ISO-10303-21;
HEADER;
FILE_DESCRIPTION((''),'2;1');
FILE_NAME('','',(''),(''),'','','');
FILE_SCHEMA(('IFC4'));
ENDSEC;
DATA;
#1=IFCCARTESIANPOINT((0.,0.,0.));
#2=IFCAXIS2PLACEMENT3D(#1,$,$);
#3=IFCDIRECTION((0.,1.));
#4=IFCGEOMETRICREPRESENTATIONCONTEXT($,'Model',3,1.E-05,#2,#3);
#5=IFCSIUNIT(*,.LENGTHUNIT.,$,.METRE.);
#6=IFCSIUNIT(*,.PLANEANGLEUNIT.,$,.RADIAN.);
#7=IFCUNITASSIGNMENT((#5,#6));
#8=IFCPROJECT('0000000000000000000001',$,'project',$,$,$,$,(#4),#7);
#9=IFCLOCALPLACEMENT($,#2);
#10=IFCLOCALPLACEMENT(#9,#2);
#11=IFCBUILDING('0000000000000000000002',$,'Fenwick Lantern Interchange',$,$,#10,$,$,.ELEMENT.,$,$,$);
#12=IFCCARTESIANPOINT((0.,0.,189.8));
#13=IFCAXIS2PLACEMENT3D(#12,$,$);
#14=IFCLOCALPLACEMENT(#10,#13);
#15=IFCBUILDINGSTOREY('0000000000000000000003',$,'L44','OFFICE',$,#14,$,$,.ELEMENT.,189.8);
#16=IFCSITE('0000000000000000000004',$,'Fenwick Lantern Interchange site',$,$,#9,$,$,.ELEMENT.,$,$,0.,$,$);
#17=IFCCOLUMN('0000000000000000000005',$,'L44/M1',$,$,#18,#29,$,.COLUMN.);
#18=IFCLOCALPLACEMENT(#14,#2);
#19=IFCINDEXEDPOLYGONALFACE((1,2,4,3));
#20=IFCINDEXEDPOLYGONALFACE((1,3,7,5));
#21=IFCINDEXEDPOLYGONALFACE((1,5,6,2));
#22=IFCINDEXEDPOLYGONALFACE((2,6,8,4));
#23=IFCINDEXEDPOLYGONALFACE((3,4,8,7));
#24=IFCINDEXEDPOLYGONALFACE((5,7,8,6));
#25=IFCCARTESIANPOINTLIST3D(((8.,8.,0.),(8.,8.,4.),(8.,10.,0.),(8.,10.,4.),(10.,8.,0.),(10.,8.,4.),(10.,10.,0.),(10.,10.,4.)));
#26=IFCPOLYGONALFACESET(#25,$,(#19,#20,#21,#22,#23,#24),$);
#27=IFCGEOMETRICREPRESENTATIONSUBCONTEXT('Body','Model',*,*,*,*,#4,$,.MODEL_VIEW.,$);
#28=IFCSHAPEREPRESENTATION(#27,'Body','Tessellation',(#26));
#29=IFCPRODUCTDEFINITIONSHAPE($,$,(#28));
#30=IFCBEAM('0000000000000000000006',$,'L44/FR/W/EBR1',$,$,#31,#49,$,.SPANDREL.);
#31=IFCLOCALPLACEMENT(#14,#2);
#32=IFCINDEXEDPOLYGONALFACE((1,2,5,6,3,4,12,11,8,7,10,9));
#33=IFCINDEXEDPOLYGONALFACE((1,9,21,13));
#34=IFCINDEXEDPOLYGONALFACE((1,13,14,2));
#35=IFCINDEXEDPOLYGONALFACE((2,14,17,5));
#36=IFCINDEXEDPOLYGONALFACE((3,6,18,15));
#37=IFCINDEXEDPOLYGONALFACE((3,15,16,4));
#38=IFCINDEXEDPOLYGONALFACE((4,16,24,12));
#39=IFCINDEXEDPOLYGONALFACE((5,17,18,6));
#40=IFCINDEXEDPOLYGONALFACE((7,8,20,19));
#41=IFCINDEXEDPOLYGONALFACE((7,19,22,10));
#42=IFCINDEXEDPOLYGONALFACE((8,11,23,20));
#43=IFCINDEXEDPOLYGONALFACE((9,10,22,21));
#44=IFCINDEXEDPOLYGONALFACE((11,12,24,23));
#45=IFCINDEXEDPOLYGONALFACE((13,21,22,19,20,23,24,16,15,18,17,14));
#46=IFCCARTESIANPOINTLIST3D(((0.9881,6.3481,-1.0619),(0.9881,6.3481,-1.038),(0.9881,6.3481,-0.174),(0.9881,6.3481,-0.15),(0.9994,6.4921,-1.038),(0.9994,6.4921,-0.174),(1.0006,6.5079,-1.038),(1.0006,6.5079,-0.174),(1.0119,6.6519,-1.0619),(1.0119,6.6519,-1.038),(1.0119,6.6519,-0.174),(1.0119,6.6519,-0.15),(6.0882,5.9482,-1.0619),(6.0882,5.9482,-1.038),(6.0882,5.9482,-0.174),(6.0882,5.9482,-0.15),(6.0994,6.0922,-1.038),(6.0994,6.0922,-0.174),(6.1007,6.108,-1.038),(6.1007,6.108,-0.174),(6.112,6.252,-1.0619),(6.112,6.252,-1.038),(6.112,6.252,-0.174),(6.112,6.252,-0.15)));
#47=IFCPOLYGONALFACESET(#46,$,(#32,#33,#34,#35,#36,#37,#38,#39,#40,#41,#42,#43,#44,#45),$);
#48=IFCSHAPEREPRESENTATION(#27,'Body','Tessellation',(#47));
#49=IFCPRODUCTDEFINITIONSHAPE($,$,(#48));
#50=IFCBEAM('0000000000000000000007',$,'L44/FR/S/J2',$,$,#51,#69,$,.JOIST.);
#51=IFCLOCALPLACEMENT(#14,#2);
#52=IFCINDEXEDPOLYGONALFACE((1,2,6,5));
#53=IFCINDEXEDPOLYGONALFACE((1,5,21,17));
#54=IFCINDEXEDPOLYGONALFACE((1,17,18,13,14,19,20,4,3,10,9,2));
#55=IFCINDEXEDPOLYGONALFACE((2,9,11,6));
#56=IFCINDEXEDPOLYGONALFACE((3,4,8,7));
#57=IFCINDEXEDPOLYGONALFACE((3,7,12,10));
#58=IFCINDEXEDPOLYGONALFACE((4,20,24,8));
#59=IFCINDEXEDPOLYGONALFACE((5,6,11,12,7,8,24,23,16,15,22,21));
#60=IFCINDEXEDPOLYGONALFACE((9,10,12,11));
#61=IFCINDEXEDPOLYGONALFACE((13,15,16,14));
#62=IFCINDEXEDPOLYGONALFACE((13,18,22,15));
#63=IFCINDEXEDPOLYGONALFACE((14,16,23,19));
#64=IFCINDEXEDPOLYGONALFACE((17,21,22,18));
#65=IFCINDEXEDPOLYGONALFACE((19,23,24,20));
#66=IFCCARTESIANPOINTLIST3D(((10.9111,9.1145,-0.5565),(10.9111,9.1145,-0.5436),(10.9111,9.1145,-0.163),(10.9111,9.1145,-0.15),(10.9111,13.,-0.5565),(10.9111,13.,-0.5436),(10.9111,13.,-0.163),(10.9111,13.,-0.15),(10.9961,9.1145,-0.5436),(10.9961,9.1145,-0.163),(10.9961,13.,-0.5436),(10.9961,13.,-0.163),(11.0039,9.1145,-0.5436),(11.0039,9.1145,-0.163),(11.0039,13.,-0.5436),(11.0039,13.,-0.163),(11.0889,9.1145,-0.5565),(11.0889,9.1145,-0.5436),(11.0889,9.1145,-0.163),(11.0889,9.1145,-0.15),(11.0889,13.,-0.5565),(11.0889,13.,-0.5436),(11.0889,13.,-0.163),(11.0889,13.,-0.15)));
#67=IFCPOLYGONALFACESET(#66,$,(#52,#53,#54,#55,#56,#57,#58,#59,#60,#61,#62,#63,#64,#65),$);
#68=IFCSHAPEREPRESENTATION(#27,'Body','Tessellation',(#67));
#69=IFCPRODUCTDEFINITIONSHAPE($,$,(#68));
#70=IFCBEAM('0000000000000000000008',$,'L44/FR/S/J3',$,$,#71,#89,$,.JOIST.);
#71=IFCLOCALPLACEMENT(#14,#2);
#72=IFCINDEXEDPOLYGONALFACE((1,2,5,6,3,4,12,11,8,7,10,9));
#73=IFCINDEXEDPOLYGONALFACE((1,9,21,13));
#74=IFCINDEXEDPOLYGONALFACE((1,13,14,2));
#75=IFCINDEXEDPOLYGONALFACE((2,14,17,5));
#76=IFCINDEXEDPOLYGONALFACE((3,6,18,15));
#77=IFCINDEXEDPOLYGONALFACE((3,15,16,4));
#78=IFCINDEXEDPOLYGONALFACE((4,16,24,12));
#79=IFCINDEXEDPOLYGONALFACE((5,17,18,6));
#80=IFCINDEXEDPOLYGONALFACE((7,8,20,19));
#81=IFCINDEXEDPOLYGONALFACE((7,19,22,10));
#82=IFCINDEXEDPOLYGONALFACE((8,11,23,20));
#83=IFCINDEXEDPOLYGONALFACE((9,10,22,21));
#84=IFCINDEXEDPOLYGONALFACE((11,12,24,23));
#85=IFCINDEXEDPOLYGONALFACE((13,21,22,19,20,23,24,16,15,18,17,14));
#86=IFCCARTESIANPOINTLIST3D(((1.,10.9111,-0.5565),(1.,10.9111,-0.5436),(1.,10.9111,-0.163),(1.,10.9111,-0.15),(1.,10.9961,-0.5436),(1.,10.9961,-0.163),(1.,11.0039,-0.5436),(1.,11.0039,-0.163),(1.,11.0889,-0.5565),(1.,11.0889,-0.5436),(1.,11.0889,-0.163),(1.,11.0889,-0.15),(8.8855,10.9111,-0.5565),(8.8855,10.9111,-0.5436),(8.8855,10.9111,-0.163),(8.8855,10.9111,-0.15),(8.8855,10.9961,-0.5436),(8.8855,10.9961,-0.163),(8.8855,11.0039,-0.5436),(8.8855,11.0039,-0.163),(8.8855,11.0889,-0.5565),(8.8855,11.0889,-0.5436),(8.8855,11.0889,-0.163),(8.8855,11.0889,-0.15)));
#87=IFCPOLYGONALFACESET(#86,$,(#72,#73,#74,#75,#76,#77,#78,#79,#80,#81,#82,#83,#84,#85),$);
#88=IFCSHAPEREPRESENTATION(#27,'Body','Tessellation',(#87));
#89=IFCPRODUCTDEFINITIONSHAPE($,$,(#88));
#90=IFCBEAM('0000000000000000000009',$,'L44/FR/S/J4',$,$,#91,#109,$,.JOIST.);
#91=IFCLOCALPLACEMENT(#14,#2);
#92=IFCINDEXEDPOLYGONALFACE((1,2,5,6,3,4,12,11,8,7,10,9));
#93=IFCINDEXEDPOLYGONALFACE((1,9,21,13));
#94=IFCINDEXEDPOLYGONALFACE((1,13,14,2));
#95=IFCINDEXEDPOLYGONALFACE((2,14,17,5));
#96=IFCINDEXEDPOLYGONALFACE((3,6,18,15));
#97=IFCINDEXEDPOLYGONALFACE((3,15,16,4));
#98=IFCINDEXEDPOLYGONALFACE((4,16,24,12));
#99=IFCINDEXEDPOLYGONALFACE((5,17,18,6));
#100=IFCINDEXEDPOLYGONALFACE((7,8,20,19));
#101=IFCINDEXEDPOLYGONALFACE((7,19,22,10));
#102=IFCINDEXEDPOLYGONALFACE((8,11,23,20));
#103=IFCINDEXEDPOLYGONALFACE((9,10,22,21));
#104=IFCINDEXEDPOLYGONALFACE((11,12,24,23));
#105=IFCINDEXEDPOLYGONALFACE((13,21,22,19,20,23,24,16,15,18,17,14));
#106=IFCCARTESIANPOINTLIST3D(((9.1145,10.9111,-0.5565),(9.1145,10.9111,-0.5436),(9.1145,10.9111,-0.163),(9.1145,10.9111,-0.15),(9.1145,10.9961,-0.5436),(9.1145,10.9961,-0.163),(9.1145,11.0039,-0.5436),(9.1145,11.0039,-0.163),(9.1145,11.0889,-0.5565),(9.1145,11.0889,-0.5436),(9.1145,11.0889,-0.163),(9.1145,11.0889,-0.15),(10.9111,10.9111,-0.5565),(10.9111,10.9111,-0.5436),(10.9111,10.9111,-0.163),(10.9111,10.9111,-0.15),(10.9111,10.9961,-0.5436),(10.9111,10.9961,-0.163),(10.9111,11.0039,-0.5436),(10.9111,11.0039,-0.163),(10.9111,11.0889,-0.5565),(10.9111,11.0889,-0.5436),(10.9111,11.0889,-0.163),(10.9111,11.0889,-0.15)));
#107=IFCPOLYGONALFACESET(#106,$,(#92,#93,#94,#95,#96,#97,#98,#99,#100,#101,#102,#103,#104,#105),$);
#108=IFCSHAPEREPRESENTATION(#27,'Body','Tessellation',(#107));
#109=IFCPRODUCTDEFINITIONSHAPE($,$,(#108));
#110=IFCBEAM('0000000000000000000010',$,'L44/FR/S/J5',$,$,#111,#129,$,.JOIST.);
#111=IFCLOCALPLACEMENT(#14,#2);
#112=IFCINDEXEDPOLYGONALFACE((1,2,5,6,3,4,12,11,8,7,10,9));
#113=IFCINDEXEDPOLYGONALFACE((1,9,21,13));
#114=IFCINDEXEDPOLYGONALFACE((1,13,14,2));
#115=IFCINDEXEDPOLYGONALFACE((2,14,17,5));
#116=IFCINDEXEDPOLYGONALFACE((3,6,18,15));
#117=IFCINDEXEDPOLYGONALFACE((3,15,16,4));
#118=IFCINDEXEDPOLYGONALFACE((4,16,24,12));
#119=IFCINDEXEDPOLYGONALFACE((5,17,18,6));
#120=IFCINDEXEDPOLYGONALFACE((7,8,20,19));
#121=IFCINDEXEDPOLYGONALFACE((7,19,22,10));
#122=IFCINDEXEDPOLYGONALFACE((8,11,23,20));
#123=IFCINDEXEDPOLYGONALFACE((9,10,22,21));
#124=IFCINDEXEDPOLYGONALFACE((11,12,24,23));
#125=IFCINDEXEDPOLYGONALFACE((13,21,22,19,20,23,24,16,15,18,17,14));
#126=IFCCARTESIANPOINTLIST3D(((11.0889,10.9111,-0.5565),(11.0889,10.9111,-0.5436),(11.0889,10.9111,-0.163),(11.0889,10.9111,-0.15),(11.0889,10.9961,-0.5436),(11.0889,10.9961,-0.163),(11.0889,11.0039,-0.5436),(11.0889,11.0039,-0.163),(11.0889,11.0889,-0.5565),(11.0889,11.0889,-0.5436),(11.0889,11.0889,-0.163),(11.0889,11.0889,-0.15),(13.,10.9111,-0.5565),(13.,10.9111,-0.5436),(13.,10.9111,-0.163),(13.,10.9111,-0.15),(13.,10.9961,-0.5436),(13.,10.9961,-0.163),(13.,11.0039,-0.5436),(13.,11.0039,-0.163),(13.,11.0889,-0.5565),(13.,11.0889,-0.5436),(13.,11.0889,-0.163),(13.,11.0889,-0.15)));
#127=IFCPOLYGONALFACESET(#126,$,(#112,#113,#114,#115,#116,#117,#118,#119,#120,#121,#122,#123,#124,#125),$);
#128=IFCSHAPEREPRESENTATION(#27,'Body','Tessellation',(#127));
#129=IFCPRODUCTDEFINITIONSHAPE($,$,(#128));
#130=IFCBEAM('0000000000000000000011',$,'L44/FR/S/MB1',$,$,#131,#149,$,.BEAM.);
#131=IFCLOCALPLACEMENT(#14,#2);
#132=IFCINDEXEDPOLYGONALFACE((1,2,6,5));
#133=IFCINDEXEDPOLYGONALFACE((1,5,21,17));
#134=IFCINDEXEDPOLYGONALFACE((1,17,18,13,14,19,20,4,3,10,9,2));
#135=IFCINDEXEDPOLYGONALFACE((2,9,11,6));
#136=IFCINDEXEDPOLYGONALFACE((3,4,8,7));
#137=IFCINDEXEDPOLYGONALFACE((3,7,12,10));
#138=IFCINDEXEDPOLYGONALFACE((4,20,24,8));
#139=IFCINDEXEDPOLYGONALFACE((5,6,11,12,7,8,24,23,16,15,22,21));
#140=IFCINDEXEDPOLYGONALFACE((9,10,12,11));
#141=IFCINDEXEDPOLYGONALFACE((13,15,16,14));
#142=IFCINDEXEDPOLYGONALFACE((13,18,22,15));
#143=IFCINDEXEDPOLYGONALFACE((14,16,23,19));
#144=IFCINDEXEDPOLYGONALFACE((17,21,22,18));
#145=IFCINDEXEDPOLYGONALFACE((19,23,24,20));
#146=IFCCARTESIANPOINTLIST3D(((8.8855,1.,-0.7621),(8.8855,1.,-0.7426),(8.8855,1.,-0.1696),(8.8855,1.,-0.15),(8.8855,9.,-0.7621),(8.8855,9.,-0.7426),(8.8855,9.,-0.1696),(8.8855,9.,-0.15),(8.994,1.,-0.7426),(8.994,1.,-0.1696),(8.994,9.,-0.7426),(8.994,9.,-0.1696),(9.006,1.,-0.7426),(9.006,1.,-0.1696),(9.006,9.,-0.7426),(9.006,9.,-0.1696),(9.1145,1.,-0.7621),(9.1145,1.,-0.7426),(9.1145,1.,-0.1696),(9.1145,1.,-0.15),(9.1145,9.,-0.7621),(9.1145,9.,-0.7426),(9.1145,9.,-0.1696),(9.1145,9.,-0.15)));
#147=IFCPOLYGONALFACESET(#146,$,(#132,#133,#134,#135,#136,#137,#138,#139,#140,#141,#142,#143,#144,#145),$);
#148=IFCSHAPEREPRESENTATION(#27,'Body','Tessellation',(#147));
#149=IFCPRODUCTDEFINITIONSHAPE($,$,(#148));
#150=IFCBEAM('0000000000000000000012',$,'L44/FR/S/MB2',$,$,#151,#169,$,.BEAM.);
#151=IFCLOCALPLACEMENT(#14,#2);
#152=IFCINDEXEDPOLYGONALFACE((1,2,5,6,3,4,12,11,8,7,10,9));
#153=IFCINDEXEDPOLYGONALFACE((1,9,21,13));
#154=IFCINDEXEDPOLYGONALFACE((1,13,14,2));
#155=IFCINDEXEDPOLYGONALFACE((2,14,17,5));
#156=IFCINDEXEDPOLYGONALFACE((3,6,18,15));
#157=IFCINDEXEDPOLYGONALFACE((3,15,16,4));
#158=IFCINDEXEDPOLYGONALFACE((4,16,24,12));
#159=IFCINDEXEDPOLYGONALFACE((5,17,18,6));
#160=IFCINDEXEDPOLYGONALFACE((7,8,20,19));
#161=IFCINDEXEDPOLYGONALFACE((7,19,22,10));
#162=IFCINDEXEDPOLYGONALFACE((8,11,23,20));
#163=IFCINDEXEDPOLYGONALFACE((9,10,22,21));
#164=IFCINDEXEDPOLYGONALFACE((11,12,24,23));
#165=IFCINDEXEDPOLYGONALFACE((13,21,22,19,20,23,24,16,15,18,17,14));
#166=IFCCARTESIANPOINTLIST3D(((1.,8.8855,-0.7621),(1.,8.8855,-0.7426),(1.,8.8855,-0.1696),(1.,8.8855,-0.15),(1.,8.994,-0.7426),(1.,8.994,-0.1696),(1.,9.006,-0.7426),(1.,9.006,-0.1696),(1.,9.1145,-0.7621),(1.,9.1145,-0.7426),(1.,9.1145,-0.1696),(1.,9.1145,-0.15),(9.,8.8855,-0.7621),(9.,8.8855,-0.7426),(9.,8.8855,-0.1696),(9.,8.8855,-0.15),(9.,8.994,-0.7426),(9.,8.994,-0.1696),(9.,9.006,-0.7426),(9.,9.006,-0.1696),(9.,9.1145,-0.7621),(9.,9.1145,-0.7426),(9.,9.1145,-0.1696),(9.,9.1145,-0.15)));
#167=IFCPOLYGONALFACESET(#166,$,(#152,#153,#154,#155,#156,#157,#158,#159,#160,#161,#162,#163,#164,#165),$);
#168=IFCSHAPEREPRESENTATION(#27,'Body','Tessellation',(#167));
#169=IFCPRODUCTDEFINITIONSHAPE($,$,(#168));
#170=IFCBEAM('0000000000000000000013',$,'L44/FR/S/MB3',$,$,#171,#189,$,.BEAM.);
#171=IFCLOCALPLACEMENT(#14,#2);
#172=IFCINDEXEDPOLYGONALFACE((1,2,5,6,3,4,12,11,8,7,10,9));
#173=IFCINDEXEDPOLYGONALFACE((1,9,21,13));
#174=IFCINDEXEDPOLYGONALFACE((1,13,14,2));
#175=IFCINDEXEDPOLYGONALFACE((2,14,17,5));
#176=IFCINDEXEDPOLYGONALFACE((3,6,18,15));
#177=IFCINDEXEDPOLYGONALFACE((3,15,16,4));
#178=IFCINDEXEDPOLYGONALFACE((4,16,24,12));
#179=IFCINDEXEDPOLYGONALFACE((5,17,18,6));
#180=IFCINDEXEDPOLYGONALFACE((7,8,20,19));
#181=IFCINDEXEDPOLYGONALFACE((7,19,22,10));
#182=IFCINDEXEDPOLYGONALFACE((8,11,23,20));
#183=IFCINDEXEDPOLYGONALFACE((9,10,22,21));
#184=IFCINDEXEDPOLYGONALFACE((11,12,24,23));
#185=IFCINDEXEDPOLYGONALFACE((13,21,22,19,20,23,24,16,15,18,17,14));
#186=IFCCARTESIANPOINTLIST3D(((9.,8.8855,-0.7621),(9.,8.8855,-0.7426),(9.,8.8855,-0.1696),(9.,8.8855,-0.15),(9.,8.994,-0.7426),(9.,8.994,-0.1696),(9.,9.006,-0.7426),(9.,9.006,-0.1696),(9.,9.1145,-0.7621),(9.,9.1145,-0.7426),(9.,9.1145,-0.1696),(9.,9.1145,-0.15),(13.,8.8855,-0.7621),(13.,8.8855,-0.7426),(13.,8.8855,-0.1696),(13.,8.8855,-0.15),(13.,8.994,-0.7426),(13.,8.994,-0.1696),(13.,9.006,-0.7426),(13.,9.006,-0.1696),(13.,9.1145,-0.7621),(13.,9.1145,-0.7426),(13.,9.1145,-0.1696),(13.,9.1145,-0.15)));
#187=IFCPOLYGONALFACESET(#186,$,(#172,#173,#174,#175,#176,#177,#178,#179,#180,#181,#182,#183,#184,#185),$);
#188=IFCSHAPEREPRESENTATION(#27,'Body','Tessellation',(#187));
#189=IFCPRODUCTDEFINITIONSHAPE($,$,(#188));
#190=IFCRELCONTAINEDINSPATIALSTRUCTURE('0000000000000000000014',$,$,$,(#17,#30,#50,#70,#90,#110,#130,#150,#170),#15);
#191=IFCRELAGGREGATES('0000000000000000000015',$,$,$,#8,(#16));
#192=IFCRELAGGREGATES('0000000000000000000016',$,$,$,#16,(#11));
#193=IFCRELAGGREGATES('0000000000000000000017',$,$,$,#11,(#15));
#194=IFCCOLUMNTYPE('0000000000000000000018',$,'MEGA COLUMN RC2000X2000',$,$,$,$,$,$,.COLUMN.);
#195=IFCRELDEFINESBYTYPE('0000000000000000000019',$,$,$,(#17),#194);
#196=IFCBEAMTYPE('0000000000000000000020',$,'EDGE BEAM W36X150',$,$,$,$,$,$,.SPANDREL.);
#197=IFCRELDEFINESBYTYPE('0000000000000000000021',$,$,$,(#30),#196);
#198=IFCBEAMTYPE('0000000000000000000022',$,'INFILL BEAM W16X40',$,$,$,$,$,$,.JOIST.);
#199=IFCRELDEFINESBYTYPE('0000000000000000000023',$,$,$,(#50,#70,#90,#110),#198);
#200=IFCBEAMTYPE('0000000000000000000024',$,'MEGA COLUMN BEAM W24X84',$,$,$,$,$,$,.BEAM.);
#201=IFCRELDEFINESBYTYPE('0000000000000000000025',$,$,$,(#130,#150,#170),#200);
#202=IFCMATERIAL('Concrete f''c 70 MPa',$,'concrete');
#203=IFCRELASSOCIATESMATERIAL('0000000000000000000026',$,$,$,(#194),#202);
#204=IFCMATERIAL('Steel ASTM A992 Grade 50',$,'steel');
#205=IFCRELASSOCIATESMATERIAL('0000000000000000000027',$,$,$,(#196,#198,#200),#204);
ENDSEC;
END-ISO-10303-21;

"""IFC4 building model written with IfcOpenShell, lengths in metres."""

from ifc_helpers import new_model, si_unit, direction, frame, origin, origin_2d, place, context, subcontext, project, spatial, rectangle, i_section, extrude, material, material_profile, profile_set, type_object, element, save


model = new_model("IFC4")

# Units and contexts
model_context = context("Model", 3, precision=1e-05, world=origin(), true_north=direction((0.0, 1.0)))
body_context = subcontext(model_context, "Body", "Model", "MODEL_VIEW")
ifc_project = project(units=[si_unit("LENGTHUNIT", "METRE"), si_unit("PLANEANGLEUNIT", "RADIAN")], contexts=[model_context])

# Site, building, storey
site_placement = place(None, origin())
site = spatial("IfcSite", under=ifc_project, at=site_placement, Name="Fenwick Lantern Interchange site", CompositionType="ELEMENT", RefElevation=0.0)
building_placement = place(site_placement, origin())
building = spatial("IfcBuilding", under=site, at=building_placement, Name="Fenwick Lantern Interchange", CompositionType="ELEMENT")
storey_placement = place(building_placement, frame((0.0, 0.0, 189.8)))
storey = spatial("IfcBuildingStorey", under=building, at=storey_placement, Name="L44", Description="OFFICE", CompositionType="ELEMENT", Elevation=189.8)

# Column
ifc_material_1 = material(Name="Concrete f'c 70 MPa", Category="concrete")
ifc_material_profile_1 = material_profile(ifc_material_1, rectangle(XDim=2.0, YDim=2.0, at=origin_2d()), Name="RC2000X2000")
ifc_profile_set_1 = profile_set([ifc_material_profile_1], Name="Concrete f'c 70 MPa")
column_type = type_object("IfcColumnType", Name="MEGA COLUMN RC2000X2000", PredefinedType="COLUMN", material=ifc_profile_set_1)
column_placement = place(storey_placement, frame((9.0, 9.0, 0.0), z_axis=(0.0, 0.0, 1.0), x_axis=(1.0, 0.0, 0.0)))
element("IfcColumn", 1, at=column_placement, inside=storey, type_object=column_type, Name="L44/M1", PredefinedType="COLUMN", context=body_context, shape_type="SweptSolid", body=[
    extrude(rectangle(XDim=2.0, YDim=2.0, at=origin_2d()), origin(), (0.0, 0.0, 1.0), 4.0),
])

# Beams
ifc_material_2 = material(Name="Steel ASTM A992 Grade 50", Category="steel")
ifc_material_profile_2 = material_profile(ifc_material_2, i_section(OverallWidth=0.3047, OverallDepth=0.9119, WebThickness=0.0159, FlangeThickness=0.0239, at=origin_2d()), Name="W36X150")
ifc_profile_set_2 = profile_set([ifc_material_profile_2], Name="Steel ASTM A992 Grade 50")
beam_type_1 = type_object("IfcBeamType", Name="EDGE BEAM W36X150", PredefinedType="SPANDREL", material=ifc_profile_set_2)
beam_1_placement = place(storey_placement, frame((1.0, 6.5, -0.606), z_axis=(0.99694, -0.078171, 0.0), x_axis=(0.078171, 0.99694, 0.0)))
element("IfcBeam", 2, at=beam_1_placement, inside=storey, type_object=beam_type_1, Name="L44/FR/W/EBR1", PredefinedType="SPANDREL", context=body_context, shape_type="SweptSolid", body=[
    extrude(i_section(OverallWidth=0.3047, OverallDepth=0.9119, WebThickness=0.0159, FlangeThickness=0.0239, at=origin_2d()), origin(), (0.0, 0.0, 1.0), 5.1157),
])
ifc_material_profile_3 = material_profile(ifc_material_2, i_section(OverallWidth=0.1777, OverallDepth=0.4065, WebThickness=0.0078, FlangeThickness=0.0129, at=origin_2d()), Name="W16X40")
ifc_profile_set_3 = profile_set([ifc_material_profile_3], Name="Steel ASTM A992 Grade 50")
beam_type_2 = type_object("IfcBeamType", Name="INFILL BEAM W16X40", PredefinedType="JOIST", material=ifc_profile_set_3)
beam_2_placement = place(storey_placement, frame((11.0, 9.1145, -0.3533), z_axis=(0.0, 1.0, 0.0), x_axis=(-1.0, 0.0, 0.0)))
element("IfcBeam", 3, at=beam_2_placement, inside=storey, type_object=beam_type_2, Name="L44/FR/S/J2", PredefinedType="JOIST", context=body_context, shape_type="SweptSolid", body=[
    extrude(i_section(OverallWidth=0.1777, OverallDepth=0.4065, WebThickness=0.0078, FlangeThickness=0.0129, at=origin_2d()), origin(), (0.0, 0.0, 1.0), 3.8855),
])
beam_3_placement = place(storey_placement, frame((1.0, 11.0, -0.3533), z_axis=(1.0, 0.0, 0.0), x_axis=(0.0, 1.0, 0.0)))
element("IfcBeam", 4, at=beam_3_placement, inside=storey, type_object=beam_type_2, Name="L44/FR/S/J3", PredefinedType="JOIST", context=body_context, shape_type="SweptSolid", body=[
    extrude(i_section(OverallWidth=0.1777, OverallDepth=0.4065, WebThickness=0.0078, FlangeThickness=0.0129, at=origin_2d()), origin(), (0.0, 0.0, 1.0), 7.8855),
])
beam_4_placement = place(storey_placement, frame((9.1145, 11.0, -0.3533), z_axis=(1.0, 0.0, 0.0), x_axis=(0.0, 1.0, 0.0)))
element("IfcBeam", 5, at=beam_4_placement, inside=storey, type_object=beam_type_2, Name="L44/FR/S/J4", PredefinedType="JOIST", context=body_context, shape_type="SweptSolid", body=[
    extrude(i_section(OverallWidth=0.1777, OverallDepth=0.4065, WebThickness=0.0078, FlangeThickness=0.0129, at=origin_2d()), origin(), (0.0, 0.0, 1.0), 1.7966),
])
beam_5_placement = place(storey_placement, frame((11.0889, 11.0, -0.3533), z_axis=(1.0, 0.0, 0.0), x_axis=(0.0, 1.0, 0.0)))
element("IfcBeam", 6, at=beam_5_placement, inside=storey, type_object=beam_type_2, Name="L44/FR/S/J5", PredefinedType="JOIST", context=body_context, shape_type="SweptSolid", body=[
    extrude(i_section(OverallWidth=0.1777, OverallDepth=0.4065, WebThickness=0.0078, FlangeThickness=0.0129, at=origin_2d()), origin(), (0.0, 0.0, 1.0), 1.9111),
])
ifc_material_profile_4 = material_profile(ifc_material_2, i_section(OverallWidth=0.229, OverallDepth=0.6121, WebThickness=0.012, FlangeThickness=0.0195, at=origin_2d()), Name="W24X84")
ifc_profile_set_4 = profile_set([ifc_material_profile_4], Name="Steel ASTM A992 Grade 50")
beam_type_3 = type_object("IfcBeamType", Name="MEGA COLUMN BEAM W24X84", PredefinedType="BEAM", material=ifc_profile_set_4)
for number, where, z_axis, x_axis, name in (
    (7, (9.0, 9.0, -0.4561), (0.0, -1.0, 0.0), (1.0, 0.0, 0.0), "L44/FR/S/MB1"),
    (8, (9.0, 9.0, -0.4561), (-1.0, 0.0, 0.0), (0.0, -1.0, 0.0), "L44/FR/S/MB2"),
):
    element("IfcBeam", number, at=place(storey_placement, frame(where, z_axis=z_axis, x_axis=x_axis)), inside=storey, type_object=beam_type_3, Name=name, PredefinedType="BEAM", context=body_context, shape_type="SweptSolid", body=[
        extrude(i_section(OverallWidth=0.229, OverallDepth=0.6121, WebThickness=0.012, FlangeThickness=0.0195, at=origin_2d()), origin(), (0.0, 0.0, 1.0), 8.0),
    ])
for number, where, z_axis, x_axis, name in (
    (9, (9.0, 9.0, -0.4561), (1.0, 0.0, 0.0), (0.0, 1.0, 0.0), "L44/FR/S/MB3"),
):
    element("IfcBeam", number, at=place(storey_placement, frame(where, z_axis=z_axis, x_axis=x_axis)), inside=storey, type_object=beam_type_3, Name=name, PredefinedType="BEAM", context=body_context, shape_type="SweptSolid", body=[
        extrude(i_section(OverallWidth=0.229, OverallDepth=0.6121, WebThickness=0.012, FlangeThickness=0.0195, at=origin_2d()), origin(), (0.0, 0.0, 1.0), 4.0),
    ])

save(model, "model.ifc")
